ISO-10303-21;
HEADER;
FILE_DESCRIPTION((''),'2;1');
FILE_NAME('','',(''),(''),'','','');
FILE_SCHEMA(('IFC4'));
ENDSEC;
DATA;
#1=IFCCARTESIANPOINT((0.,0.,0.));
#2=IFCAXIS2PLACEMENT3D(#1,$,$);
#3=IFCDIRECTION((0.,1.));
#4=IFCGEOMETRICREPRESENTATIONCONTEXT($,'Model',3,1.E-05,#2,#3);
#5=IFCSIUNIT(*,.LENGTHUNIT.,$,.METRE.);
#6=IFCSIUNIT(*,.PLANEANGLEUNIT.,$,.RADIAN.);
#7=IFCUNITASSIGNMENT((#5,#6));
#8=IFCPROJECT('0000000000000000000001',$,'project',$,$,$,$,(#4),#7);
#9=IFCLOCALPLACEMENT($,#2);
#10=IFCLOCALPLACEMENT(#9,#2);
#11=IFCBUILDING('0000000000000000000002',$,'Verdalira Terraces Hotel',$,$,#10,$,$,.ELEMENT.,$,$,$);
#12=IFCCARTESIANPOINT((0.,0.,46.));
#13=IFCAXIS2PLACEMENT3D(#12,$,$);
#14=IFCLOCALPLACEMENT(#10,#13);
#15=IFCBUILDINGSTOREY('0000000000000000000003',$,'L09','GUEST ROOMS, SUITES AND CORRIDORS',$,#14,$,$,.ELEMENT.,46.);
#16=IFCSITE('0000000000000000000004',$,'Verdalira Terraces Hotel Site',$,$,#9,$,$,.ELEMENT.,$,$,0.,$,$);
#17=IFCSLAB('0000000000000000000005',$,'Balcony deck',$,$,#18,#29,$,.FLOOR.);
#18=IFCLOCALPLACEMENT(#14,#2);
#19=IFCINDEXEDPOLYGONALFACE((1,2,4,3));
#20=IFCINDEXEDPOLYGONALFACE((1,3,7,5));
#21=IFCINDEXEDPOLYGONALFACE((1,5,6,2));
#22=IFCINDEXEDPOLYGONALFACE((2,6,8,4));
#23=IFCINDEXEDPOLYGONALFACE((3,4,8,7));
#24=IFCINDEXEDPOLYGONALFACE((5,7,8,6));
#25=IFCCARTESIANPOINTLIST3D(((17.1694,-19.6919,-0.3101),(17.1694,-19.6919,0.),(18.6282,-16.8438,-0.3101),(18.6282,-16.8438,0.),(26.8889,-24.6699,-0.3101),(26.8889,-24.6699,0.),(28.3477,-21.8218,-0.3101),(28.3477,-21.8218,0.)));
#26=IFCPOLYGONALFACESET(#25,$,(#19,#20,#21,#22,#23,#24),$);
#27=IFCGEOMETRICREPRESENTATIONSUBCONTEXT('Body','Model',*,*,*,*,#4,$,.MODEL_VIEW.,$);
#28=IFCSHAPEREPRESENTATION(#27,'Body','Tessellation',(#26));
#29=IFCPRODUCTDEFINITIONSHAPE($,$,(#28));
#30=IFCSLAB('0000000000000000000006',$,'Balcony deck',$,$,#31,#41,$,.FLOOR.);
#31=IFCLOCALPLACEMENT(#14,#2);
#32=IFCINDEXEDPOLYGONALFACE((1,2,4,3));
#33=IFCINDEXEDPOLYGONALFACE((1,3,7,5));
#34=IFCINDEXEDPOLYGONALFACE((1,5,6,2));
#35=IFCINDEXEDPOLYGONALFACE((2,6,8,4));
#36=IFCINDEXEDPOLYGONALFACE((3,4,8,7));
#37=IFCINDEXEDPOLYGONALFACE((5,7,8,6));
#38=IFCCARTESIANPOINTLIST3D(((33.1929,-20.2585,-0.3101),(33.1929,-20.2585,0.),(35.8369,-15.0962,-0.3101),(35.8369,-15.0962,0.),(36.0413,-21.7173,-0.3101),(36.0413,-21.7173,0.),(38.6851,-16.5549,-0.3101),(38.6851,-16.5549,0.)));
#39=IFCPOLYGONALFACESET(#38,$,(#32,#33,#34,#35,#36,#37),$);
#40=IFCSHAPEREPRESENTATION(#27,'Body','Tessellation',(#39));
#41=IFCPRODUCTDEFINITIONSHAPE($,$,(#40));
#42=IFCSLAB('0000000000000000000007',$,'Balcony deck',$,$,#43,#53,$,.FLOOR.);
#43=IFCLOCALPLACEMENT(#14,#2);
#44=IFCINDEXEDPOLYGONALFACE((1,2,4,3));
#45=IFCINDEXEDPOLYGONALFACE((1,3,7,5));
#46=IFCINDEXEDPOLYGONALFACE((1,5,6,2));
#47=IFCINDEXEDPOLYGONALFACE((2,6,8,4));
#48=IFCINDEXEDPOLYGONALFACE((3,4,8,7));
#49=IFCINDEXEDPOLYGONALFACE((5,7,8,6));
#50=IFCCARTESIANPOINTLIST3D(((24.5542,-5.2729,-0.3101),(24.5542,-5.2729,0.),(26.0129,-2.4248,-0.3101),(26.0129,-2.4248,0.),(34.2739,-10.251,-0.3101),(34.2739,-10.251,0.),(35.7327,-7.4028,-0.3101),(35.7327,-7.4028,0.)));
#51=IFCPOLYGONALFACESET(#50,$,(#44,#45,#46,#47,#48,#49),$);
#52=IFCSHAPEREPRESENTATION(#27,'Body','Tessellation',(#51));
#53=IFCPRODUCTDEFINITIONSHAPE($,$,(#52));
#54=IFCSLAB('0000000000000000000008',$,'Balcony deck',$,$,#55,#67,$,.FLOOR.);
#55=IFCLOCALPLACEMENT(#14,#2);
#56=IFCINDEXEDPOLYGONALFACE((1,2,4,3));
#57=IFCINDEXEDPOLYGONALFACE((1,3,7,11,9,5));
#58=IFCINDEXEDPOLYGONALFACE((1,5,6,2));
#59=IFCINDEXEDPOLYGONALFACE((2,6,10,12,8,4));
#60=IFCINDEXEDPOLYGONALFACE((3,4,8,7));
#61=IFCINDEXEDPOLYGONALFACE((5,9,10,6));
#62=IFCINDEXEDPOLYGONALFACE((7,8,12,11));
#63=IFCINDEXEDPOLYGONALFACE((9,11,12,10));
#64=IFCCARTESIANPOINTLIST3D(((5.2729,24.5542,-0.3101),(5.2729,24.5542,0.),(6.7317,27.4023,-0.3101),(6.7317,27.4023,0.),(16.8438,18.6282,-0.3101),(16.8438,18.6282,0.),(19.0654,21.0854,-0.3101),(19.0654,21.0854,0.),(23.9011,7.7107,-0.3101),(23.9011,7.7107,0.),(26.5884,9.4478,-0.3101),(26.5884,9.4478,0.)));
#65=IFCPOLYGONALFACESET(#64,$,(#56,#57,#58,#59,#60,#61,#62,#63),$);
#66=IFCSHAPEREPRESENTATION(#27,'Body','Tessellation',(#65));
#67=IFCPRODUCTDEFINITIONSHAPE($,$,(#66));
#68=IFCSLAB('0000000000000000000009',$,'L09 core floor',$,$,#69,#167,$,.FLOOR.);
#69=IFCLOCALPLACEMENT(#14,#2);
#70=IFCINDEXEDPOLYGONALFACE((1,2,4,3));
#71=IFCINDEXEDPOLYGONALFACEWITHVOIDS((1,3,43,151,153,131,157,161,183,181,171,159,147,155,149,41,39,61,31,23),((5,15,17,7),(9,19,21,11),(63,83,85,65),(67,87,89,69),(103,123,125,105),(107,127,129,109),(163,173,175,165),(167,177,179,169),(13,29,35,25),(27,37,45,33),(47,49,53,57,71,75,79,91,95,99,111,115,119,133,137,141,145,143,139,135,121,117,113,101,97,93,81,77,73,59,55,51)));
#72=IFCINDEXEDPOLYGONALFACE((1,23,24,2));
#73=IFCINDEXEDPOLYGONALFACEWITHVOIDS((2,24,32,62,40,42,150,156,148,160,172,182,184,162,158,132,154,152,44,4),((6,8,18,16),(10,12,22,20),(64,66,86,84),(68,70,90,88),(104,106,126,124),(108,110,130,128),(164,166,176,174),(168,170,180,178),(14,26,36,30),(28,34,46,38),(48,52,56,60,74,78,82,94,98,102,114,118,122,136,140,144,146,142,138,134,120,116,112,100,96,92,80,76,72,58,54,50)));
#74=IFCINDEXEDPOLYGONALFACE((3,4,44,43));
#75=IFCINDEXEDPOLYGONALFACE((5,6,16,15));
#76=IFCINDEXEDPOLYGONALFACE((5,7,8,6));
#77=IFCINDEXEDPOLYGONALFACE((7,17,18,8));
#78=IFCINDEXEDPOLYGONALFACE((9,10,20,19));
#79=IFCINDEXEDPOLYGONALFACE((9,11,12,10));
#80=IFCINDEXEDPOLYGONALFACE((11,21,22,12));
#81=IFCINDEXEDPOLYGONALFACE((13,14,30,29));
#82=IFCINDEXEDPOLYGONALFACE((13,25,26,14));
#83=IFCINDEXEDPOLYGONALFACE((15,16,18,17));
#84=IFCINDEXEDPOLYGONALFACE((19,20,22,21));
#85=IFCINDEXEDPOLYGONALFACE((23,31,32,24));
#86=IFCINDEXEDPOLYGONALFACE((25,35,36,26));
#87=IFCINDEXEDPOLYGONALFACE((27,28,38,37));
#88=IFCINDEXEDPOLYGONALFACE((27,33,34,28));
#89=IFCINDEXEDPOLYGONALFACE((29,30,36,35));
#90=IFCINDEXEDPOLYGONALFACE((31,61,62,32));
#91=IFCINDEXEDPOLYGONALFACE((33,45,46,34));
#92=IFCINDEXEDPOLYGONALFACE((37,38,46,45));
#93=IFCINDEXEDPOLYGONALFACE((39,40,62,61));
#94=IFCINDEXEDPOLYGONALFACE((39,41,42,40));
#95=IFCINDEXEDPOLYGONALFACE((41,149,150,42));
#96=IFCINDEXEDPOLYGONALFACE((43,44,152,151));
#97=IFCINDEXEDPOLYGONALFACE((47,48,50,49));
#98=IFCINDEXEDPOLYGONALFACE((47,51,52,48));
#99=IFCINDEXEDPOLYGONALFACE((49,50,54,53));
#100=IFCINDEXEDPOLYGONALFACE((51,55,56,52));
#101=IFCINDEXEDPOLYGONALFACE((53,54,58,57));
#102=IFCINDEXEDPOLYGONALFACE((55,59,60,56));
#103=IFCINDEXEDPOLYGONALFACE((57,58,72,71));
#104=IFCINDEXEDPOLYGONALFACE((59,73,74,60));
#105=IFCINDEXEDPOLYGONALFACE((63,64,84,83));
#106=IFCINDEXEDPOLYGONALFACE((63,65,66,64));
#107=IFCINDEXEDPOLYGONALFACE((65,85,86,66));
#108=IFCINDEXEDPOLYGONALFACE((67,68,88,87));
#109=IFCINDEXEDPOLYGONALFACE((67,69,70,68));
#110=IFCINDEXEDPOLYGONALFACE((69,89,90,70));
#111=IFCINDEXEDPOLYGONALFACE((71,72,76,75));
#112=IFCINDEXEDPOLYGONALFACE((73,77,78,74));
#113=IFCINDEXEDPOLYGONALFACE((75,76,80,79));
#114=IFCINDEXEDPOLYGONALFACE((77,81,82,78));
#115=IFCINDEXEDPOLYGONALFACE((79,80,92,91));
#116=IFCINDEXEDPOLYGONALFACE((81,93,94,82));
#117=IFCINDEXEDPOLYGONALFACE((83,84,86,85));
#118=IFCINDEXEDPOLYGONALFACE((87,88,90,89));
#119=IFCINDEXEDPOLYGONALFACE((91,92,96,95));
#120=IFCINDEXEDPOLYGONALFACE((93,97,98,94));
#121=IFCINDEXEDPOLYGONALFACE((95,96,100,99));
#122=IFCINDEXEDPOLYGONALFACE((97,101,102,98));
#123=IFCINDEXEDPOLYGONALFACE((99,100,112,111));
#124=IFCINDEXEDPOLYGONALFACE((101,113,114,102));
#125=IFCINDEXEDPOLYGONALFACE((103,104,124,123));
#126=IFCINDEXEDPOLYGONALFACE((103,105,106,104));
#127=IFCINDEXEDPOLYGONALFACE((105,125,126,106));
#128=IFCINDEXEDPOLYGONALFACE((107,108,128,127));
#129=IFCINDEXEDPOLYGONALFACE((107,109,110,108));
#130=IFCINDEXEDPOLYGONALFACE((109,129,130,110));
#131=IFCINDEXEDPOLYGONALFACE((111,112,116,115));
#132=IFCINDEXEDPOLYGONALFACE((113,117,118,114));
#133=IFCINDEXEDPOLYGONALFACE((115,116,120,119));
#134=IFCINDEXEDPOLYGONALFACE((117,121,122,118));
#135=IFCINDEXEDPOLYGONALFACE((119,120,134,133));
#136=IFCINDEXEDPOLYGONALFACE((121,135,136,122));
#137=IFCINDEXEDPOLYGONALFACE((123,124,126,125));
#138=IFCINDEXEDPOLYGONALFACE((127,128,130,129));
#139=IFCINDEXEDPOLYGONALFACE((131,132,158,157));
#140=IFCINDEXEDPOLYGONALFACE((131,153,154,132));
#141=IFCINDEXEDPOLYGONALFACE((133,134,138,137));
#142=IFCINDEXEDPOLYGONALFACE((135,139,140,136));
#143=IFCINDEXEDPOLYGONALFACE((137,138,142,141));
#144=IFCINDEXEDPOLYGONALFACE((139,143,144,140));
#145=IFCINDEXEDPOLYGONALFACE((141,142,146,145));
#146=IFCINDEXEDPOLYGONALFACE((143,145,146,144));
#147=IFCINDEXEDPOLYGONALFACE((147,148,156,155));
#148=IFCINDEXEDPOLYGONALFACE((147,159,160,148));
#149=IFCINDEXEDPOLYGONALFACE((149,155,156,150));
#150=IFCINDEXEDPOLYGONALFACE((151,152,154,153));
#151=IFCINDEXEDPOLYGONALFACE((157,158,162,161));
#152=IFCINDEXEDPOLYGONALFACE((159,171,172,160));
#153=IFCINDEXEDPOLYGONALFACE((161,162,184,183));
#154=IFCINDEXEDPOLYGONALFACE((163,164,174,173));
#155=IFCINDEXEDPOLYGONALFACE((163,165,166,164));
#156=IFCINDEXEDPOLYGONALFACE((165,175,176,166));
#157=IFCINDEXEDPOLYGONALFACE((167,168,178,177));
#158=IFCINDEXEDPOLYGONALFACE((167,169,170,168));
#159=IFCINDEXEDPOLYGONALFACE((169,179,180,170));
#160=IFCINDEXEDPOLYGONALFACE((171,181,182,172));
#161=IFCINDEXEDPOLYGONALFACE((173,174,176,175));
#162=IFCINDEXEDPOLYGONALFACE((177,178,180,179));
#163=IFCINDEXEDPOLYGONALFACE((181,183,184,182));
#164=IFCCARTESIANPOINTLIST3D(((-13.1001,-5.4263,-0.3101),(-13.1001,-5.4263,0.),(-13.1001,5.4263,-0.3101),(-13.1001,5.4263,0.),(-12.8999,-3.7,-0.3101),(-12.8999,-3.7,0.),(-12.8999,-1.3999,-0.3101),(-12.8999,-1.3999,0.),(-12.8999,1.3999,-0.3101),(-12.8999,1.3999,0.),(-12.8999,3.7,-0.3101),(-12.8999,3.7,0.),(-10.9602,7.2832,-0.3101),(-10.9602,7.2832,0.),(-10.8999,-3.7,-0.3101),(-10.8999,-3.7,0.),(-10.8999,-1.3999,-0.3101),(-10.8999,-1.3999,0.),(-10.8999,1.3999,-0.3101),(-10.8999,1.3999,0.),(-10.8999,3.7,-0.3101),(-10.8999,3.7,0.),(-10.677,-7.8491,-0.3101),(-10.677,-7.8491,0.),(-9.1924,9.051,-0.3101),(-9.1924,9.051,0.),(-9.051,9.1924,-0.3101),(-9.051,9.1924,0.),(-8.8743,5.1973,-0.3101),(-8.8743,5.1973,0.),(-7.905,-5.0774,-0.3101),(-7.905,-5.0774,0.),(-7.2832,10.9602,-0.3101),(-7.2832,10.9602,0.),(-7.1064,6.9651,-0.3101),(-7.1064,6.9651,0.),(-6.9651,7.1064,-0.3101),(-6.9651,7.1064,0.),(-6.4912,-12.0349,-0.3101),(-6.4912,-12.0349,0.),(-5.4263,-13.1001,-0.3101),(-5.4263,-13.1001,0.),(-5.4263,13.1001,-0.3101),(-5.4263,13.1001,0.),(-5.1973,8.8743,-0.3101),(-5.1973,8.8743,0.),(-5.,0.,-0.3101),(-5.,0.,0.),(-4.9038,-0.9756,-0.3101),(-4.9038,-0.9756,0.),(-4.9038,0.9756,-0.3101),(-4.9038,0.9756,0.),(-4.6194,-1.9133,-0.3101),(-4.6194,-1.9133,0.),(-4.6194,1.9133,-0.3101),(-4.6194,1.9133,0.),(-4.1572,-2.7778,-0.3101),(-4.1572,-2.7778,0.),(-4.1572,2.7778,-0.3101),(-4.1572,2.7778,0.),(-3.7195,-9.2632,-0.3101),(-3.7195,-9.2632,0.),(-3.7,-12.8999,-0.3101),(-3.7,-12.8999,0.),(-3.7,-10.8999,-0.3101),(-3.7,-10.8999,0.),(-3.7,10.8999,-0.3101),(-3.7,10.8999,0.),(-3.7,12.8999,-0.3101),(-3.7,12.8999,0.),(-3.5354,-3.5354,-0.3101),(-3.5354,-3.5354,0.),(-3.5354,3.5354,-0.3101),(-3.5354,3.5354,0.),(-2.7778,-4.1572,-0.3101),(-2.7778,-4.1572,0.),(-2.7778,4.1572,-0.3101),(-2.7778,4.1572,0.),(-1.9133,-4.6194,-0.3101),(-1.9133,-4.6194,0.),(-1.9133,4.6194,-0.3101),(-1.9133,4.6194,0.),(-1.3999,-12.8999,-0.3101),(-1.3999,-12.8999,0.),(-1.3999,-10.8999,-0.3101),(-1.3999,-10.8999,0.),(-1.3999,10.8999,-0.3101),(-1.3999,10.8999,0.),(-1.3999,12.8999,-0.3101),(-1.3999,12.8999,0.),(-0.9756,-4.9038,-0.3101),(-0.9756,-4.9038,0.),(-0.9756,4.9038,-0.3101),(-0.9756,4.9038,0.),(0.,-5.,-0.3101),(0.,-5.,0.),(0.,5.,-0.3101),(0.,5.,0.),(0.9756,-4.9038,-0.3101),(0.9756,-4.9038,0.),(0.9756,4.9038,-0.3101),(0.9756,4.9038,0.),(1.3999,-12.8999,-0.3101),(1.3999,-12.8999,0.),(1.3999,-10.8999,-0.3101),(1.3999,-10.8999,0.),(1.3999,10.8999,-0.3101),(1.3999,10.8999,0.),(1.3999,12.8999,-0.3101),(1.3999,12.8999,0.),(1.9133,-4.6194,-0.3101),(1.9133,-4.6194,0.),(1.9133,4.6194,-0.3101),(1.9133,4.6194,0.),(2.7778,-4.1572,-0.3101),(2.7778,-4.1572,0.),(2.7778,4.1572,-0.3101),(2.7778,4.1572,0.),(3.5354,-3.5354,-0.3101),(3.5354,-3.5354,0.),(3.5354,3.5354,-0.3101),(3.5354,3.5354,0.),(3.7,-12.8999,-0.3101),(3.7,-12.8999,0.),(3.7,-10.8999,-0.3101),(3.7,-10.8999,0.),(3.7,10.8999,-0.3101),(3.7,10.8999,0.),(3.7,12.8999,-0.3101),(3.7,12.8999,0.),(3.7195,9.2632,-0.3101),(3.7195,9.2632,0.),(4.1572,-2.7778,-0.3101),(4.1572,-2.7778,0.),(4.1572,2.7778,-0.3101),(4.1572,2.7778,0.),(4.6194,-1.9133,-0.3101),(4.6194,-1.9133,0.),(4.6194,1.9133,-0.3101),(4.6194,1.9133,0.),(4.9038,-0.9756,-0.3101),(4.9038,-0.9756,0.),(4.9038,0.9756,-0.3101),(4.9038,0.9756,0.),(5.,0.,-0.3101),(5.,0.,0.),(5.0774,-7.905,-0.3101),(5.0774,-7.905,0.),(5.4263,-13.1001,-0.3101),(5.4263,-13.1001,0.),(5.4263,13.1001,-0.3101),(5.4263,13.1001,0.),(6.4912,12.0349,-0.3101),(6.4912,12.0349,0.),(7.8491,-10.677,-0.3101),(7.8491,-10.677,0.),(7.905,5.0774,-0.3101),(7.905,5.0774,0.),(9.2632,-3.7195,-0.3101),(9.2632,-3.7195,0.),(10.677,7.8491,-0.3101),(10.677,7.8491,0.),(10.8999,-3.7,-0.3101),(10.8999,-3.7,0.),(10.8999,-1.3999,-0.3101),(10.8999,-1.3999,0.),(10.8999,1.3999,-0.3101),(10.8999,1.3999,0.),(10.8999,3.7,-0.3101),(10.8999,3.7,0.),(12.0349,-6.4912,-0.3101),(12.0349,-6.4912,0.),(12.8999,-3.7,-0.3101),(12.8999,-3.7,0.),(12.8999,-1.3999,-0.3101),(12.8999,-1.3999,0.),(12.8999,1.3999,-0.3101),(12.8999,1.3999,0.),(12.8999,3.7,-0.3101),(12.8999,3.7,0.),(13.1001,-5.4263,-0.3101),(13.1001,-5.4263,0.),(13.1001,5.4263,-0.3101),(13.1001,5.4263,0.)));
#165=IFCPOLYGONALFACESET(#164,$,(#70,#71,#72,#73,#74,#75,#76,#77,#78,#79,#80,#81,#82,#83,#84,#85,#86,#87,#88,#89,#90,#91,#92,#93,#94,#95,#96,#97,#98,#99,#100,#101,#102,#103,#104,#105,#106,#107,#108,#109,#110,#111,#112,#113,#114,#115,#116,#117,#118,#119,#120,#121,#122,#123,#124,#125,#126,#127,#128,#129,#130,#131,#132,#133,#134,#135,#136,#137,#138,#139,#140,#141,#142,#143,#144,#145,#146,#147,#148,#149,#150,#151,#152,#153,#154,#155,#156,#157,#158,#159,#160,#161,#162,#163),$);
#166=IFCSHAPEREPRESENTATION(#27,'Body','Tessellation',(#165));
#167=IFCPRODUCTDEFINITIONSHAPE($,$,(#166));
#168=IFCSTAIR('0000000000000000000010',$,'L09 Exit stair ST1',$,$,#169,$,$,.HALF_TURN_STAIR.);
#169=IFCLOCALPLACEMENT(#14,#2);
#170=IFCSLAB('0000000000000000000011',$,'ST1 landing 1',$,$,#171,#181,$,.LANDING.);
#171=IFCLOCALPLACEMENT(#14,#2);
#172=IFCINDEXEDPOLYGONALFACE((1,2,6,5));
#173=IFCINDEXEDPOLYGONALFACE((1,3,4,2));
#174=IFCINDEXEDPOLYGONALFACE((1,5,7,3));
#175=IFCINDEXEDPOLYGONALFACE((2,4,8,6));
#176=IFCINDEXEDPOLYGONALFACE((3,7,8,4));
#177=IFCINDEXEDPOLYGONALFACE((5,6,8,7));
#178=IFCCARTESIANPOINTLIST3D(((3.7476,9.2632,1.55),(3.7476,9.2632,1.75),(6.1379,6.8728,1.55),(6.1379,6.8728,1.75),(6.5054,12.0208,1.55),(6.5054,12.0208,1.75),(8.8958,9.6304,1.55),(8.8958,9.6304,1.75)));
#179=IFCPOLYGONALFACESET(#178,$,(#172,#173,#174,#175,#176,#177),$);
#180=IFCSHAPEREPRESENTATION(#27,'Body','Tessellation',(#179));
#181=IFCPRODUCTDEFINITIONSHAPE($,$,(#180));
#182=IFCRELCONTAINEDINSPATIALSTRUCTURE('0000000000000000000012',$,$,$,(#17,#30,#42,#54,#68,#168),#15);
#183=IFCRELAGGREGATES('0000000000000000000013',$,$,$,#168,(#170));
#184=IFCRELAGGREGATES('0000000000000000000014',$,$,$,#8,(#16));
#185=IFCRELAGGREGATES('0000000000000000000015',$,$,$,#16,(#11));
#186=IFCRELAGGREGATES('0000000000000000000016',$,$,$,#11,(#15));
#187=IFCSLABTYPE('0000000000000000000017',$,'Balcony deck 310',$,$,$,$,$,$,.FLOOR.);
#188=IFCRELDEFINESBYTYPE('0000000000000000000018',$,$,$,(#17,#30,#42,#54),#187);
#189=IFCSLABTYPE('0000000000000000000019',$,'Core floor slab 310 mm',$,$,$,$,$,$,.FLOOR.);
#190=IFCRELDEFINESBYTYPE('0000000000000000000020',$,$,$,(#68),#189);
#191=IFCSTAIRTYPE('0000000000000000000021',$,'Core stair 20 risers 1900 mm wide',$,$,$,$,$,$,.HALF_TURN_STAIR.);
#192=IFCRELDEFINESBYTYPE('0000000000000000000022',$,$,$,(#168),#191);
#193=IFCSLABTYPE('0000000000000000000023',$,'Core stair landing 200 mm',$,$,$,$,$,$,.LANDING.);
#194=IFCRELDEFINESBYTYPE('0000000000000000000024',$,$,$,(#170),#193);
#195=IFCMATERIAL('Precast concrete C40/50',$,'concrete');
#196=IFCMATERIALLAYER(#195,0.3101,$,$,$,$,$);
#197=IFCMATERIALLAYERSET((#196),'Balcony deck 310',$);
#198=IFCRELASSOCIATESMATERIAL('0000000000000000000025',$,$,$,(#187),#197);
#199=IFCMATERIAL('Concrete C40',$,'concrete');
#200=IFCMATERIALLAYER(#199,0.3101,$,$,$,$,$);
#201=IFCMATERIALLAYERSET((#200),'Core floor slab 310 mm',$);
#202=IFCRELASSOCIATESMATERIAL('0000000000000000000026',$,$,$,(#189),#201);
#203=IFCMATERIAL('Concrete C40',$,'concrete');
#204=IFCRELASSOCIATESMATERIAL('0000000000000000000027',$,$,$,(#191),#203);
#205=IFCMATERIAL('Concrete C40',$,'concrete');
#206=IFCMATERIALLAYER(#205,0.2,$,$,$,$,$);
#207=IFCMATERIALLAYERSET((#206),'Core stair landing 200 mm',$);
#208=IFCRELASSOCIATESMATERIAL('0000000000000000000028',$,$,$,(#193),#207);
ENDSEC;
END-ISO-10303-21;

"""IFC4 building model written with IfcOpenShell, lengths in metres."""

from ifc_helpers import new_model, si_unit, direction, frame, origin, place, context, subcontext, project, spatial, polyline, outline, extrude, material, layer, layer_set, type_object, element, aggregate, save


model = new_model("IFC4")

# Units and contexts
model_context = context("Model", 3, precision=1e-05, world=origin(), true_north=direction((0.0, 1.0)))
body_context = subcontext(model_context, "Body", "Model", "MODEL_VIEW")
ifc_project = project(units=[si_unit("LENGTHUNIT", "METRE"), si_unit("PLANEANGLEUNIT", "RADIAN")], contexts=[model_context])

# Site, building, storey
site_placement = place(None, origin())
site = spatial("IfcSite", under=ifc_project, at=site_placement, Name="Verdalira Terraces Hotel Site", CompositionType="ELEMENT", RefElevation=0.0)
building_placement = place(site_placement, origin())
building = spatial("IfcBuilding", under=site, at=building_placement, Name="Verdalira Terraces Hotel", CompositionType="ELEMENT")
storey_placement = place(building_placement, frame((0.0, 0.0, 46.0)))
storey = spatial("IfcBuildingStorey", under=building, at=storey_placement, Name="L09", Description="GUEST ROOMS, SUITES AND CORRIDORS", CompositionType="ELEMENT", Elevation=46.0)

# Slabs
ifc_material_1 = material(Name="Precast concrete C40/50", Category="concrete")
ifc_layer_1 = layer(ifc_material_1, 0.3101)
ifc_layer_set_1 = layer_set([ifc_layer_1], Name="Balcony deck 310")
slab_type_1 = type_object("IfcSlabType", Name="Balcony deck 310", PredefinedType="FLOOR", material=ifc_layer_set_1)
slab_1_placement = place(storey_placement, frame((0.0, 0.0, -0.3101)))
element("IfcSlab", 1, at=slab_1_placement, inside=storey, type_object=slab_type_1, Name="Balcony deck", PredefinedType="FLOOR", context=body_context, shape_type="SweptSolid", body=[
    extrude(outline(polyline([(26.8889, -24.6699), (28.3477, -21.8218), (18.6282, -16.8438), (17.1694, -19.6919), (26.8889, -24.6699)])), origin(), (0.0, 0.0, 1.0), 0.3101),
])
slab_2_placement = place(storey_placement, frame((0.0, 0.0, -0.3101)))
element("IfcSlab", 2, at=slab_2_placement, inside=storey, type_object=slab_type_1, Name="Balcony deck", PredefinedType="FLOOR", context=body_context, shape_type="SweptSolid", body=[
    extrude(outline(polyline([(38.6851, -16.5549), (35.8369, -15.0962), (33.1929, -20.2585), (36.0413, -21.7173), (38.6851, -16.5549)])), origin(), (0.0, 0.0, 1.0), 0.3101),
])
slab_3_placement = place(storey_placement, frame((0.0, 0.0, -0.3101)))
element("IfcSlab", 3, at=slab_3_placement, inside=storey, type_object=slab_type_1, Name="Balcony deck", PredefinedType="FLOOR", context=body_context, shape_type="SweptSolid", body=[
    extrude(outline(polyline([(26.0129, -2.4248), (24.5542, -5.2729), (34.2739, -10.251), (35.7327, -7.4028), (26.0129, -2.4248)])), origin(), (0.0, 0.0, 1.0), 0.3101),
])
slab_4_placement = place(storey_placement, frame((0.0, 0.0, -0.3101)))
element("IfcSlab", 4, at=slab_4_placement, inside=storey, type_object=slab_type_1, Name="Balcony deck", PredefinedType="FLOOR", context=body_context, shape_type="SweptSolid", body=[
    extrude(outline(polyline([(6.7317, 27.4023), (5.2729, 24.5542), (16.8438, 18.6282), (23.9011, 7.7107), (26.5884, 9.4478), (19.0654, 21.0854), (6.7317, 27.4023)])), origin(), (0.0, 0.0, 1.0), 0.3101),
])
ifc_material_2 = material(Name="Concrete C40", Category="concrete")
ifc_layer_2 = layer(ifc_material_2, 0.3101)
ifc_layer_set_2 = layer_set([ifc_layer_2], Name="Core floor slab 310 mm")
slab_type_2 = type_object("IfcSlabType", Name="Core floor slab 310 mm", PredefinedType="FLOOR", material=ifc_layer_set_2)
slab_5_placement = place(storey_placement, frame((0.0, 0.0, -0.3101)))
element("IfcSlab", 5, at=slab_5_placement, inside=storey, type_object=slab_type_2, Name="L09 core floor", PredefinedType="FLOOR", context=body_context, shape_type="SweptSolid", body=[
    extrude(outline(polyline([(-5.4263, 13.1001), (5.4263, 13.1001), (6.4912, 12.0349), (3.7195, 9.2632), (7.905, 5.0774), (10.677, 7.8491), (13.1001, 5.4263), (13.1001, -5.4263), (12.0349, -6.4912), (9.2632, -3.7195), (5.0774, -7.905), (7.8491, -10.677), (5.4263, -13.1001), (-5.4263, -13.1001), (-6.4912, -12.0349), (-3.7195, -9.2632), (-7.905, -5.0774), (-10.677, -7.8491), (-13.1001, -5.4263), (-13.1001, 5.4263), (-5.4263, 13.1001)]), holes=[polyline([(12.8999, -3.7), (12.8999, -1.3999), (10.8999, -1.3999), (10.8999, -3.7), (12.8999, -3.7)]), polyline([(12.8999, 1.3999), (12.8999, 3.7), (10.8999, 3.7), (10.8999, 1.3999), (12.8999, 1.3999)]), polyline([(1.3999, 10.8999), (3.7, 10.8999), (3.7, 12.8999), (1.3999, 12.8999), (1.3999, 10.8999)]), polyline([(-3.7, 10.8999), (-1.3999, 10.8999), (-1.3999, 12.8999), (-3.7, 12.8999), (-3.7, 10.8999)]), polyline([(-12.8999, 3.7), (-12.8999, 1.3999), (-10.8999, 1.3999), (-10.8999, 3.7), (-12.8999, 3.7)]), polyline([(-12.8999, -1.3999), (-12.8999, -3.7), (-10.8999, -3.7), (-10.8999, -1.3999), (-12.8999, -1.3999)]), polyline([(-1.3999, -10.8999), (-3.7, -10.8999), (-3.7, -12.8999), (-1.3999, -12.8999), (-1.3999, -10.8999)]), polyline([(3.7, -10.8999), (1.3999, -10.8999), (1.3999, -12.8999), (3.7, -12.8999), (3.7, -10.8999)]), polyline([(-9.051, 9.1924), (-6.9651, 7.1064), (-5.1973, 8.8743), (-7.2832, 10.9602), (-9.051, 9.1924)]), polyline([(-9.1924, 9.051), (-10.9602, 7.2832), (-8.8743, 5.1973), (-7.1064, 6.9651), (-9.1924, 9.051)]), polyline([(3.5354, 3.5354), (2.7778, 4.1572), (1.9133, 4.6194), (0.9756, 4.9038), (0.0, 5.0), (-0.9756, 4.9038), (-1.9133, 4.6194), (-2.7778, 4.1572), (-3.5354, 3.5354), (-4.1572, 2.7778), (-4.6194, 1.9133), (-4.9038, 0.9756), (-5.0, 0.0), (-4.9038, -0.9756), (-4.6194, -1.9133), (-4.1572, -2.7778), (-3.5354, -3.5354), (-2.7778, -4.1572), (-1.9133, -4.6194), (-0.9756, -4.9038), (0.0, -5.0), (0.9756, -4.9038), (1.9133, -4.6194), (2.7778, -4.1572), (3.5354, -3.5354), (4.1572, -2.7778), (4.6194, -1.9133), (4.9038, -0.9756), (5.0, 0.0), (4.9038, 0.9756), (4.6194, 1.9133), (4.1572, 2.7778), (3.5354, 3.5354)])]), origin(), (0.0, 0.0, 1.0), 0.3101),
])

# Stair, slab
ifc_material_3 = material(Name="Concrete C40", Category="concrete")
stair_type = type_object("IfcStairType", Name="Core stair 20 risers 1900 mm wide", PredefinedType="HALF_TURN_STAIR", material=ifc_material_3)
stair_1_placement = place(storey_placement, origin())
stair_1 = element("IfcStair", 6, at=stair_1_placement, inside=storey, type_object=stair_type, Name="L09 Exit stair ST1", PredefinedType="HALF_TURN_STAIR")
ifc_material_4 = material(Name="Concrete C40", Category="concrete")
ifc_layer_3 = layer(ifc_material_4, 0.2)
ifc_layer_set_3 = layer_set([ifc_layer_3], Name="Core stair landing 200 mm")
slab_type_3 = type_object("IfcSlabType", Name="Core stair landing 200 mm", PredefinedType="LANDING", material=ifc_layer_set_3)
slab_6_placement = place(storey_placement, frame((0.0, 0.0, 1.55)))
slab_6 = element("IfcSlab", 7, at=slab_6_placement, type_object=slab_type_3, Name="ST1 landing 1", PredefinedType="LANDING", context=body_context, shape_type="SweptSolid", body=[
    extrude(outline(polyline([(8.8958, 9.6304), (6.5054, 12.0208), (3.7476, 9.2632), (6.1379, 6.8728), (8.8958, 9.6304)])), origin(), (0.0, 0.0, 1.0), 0.2),
])
aggregate(stair_1, [slab_6])

save(model, "model.ifc")
